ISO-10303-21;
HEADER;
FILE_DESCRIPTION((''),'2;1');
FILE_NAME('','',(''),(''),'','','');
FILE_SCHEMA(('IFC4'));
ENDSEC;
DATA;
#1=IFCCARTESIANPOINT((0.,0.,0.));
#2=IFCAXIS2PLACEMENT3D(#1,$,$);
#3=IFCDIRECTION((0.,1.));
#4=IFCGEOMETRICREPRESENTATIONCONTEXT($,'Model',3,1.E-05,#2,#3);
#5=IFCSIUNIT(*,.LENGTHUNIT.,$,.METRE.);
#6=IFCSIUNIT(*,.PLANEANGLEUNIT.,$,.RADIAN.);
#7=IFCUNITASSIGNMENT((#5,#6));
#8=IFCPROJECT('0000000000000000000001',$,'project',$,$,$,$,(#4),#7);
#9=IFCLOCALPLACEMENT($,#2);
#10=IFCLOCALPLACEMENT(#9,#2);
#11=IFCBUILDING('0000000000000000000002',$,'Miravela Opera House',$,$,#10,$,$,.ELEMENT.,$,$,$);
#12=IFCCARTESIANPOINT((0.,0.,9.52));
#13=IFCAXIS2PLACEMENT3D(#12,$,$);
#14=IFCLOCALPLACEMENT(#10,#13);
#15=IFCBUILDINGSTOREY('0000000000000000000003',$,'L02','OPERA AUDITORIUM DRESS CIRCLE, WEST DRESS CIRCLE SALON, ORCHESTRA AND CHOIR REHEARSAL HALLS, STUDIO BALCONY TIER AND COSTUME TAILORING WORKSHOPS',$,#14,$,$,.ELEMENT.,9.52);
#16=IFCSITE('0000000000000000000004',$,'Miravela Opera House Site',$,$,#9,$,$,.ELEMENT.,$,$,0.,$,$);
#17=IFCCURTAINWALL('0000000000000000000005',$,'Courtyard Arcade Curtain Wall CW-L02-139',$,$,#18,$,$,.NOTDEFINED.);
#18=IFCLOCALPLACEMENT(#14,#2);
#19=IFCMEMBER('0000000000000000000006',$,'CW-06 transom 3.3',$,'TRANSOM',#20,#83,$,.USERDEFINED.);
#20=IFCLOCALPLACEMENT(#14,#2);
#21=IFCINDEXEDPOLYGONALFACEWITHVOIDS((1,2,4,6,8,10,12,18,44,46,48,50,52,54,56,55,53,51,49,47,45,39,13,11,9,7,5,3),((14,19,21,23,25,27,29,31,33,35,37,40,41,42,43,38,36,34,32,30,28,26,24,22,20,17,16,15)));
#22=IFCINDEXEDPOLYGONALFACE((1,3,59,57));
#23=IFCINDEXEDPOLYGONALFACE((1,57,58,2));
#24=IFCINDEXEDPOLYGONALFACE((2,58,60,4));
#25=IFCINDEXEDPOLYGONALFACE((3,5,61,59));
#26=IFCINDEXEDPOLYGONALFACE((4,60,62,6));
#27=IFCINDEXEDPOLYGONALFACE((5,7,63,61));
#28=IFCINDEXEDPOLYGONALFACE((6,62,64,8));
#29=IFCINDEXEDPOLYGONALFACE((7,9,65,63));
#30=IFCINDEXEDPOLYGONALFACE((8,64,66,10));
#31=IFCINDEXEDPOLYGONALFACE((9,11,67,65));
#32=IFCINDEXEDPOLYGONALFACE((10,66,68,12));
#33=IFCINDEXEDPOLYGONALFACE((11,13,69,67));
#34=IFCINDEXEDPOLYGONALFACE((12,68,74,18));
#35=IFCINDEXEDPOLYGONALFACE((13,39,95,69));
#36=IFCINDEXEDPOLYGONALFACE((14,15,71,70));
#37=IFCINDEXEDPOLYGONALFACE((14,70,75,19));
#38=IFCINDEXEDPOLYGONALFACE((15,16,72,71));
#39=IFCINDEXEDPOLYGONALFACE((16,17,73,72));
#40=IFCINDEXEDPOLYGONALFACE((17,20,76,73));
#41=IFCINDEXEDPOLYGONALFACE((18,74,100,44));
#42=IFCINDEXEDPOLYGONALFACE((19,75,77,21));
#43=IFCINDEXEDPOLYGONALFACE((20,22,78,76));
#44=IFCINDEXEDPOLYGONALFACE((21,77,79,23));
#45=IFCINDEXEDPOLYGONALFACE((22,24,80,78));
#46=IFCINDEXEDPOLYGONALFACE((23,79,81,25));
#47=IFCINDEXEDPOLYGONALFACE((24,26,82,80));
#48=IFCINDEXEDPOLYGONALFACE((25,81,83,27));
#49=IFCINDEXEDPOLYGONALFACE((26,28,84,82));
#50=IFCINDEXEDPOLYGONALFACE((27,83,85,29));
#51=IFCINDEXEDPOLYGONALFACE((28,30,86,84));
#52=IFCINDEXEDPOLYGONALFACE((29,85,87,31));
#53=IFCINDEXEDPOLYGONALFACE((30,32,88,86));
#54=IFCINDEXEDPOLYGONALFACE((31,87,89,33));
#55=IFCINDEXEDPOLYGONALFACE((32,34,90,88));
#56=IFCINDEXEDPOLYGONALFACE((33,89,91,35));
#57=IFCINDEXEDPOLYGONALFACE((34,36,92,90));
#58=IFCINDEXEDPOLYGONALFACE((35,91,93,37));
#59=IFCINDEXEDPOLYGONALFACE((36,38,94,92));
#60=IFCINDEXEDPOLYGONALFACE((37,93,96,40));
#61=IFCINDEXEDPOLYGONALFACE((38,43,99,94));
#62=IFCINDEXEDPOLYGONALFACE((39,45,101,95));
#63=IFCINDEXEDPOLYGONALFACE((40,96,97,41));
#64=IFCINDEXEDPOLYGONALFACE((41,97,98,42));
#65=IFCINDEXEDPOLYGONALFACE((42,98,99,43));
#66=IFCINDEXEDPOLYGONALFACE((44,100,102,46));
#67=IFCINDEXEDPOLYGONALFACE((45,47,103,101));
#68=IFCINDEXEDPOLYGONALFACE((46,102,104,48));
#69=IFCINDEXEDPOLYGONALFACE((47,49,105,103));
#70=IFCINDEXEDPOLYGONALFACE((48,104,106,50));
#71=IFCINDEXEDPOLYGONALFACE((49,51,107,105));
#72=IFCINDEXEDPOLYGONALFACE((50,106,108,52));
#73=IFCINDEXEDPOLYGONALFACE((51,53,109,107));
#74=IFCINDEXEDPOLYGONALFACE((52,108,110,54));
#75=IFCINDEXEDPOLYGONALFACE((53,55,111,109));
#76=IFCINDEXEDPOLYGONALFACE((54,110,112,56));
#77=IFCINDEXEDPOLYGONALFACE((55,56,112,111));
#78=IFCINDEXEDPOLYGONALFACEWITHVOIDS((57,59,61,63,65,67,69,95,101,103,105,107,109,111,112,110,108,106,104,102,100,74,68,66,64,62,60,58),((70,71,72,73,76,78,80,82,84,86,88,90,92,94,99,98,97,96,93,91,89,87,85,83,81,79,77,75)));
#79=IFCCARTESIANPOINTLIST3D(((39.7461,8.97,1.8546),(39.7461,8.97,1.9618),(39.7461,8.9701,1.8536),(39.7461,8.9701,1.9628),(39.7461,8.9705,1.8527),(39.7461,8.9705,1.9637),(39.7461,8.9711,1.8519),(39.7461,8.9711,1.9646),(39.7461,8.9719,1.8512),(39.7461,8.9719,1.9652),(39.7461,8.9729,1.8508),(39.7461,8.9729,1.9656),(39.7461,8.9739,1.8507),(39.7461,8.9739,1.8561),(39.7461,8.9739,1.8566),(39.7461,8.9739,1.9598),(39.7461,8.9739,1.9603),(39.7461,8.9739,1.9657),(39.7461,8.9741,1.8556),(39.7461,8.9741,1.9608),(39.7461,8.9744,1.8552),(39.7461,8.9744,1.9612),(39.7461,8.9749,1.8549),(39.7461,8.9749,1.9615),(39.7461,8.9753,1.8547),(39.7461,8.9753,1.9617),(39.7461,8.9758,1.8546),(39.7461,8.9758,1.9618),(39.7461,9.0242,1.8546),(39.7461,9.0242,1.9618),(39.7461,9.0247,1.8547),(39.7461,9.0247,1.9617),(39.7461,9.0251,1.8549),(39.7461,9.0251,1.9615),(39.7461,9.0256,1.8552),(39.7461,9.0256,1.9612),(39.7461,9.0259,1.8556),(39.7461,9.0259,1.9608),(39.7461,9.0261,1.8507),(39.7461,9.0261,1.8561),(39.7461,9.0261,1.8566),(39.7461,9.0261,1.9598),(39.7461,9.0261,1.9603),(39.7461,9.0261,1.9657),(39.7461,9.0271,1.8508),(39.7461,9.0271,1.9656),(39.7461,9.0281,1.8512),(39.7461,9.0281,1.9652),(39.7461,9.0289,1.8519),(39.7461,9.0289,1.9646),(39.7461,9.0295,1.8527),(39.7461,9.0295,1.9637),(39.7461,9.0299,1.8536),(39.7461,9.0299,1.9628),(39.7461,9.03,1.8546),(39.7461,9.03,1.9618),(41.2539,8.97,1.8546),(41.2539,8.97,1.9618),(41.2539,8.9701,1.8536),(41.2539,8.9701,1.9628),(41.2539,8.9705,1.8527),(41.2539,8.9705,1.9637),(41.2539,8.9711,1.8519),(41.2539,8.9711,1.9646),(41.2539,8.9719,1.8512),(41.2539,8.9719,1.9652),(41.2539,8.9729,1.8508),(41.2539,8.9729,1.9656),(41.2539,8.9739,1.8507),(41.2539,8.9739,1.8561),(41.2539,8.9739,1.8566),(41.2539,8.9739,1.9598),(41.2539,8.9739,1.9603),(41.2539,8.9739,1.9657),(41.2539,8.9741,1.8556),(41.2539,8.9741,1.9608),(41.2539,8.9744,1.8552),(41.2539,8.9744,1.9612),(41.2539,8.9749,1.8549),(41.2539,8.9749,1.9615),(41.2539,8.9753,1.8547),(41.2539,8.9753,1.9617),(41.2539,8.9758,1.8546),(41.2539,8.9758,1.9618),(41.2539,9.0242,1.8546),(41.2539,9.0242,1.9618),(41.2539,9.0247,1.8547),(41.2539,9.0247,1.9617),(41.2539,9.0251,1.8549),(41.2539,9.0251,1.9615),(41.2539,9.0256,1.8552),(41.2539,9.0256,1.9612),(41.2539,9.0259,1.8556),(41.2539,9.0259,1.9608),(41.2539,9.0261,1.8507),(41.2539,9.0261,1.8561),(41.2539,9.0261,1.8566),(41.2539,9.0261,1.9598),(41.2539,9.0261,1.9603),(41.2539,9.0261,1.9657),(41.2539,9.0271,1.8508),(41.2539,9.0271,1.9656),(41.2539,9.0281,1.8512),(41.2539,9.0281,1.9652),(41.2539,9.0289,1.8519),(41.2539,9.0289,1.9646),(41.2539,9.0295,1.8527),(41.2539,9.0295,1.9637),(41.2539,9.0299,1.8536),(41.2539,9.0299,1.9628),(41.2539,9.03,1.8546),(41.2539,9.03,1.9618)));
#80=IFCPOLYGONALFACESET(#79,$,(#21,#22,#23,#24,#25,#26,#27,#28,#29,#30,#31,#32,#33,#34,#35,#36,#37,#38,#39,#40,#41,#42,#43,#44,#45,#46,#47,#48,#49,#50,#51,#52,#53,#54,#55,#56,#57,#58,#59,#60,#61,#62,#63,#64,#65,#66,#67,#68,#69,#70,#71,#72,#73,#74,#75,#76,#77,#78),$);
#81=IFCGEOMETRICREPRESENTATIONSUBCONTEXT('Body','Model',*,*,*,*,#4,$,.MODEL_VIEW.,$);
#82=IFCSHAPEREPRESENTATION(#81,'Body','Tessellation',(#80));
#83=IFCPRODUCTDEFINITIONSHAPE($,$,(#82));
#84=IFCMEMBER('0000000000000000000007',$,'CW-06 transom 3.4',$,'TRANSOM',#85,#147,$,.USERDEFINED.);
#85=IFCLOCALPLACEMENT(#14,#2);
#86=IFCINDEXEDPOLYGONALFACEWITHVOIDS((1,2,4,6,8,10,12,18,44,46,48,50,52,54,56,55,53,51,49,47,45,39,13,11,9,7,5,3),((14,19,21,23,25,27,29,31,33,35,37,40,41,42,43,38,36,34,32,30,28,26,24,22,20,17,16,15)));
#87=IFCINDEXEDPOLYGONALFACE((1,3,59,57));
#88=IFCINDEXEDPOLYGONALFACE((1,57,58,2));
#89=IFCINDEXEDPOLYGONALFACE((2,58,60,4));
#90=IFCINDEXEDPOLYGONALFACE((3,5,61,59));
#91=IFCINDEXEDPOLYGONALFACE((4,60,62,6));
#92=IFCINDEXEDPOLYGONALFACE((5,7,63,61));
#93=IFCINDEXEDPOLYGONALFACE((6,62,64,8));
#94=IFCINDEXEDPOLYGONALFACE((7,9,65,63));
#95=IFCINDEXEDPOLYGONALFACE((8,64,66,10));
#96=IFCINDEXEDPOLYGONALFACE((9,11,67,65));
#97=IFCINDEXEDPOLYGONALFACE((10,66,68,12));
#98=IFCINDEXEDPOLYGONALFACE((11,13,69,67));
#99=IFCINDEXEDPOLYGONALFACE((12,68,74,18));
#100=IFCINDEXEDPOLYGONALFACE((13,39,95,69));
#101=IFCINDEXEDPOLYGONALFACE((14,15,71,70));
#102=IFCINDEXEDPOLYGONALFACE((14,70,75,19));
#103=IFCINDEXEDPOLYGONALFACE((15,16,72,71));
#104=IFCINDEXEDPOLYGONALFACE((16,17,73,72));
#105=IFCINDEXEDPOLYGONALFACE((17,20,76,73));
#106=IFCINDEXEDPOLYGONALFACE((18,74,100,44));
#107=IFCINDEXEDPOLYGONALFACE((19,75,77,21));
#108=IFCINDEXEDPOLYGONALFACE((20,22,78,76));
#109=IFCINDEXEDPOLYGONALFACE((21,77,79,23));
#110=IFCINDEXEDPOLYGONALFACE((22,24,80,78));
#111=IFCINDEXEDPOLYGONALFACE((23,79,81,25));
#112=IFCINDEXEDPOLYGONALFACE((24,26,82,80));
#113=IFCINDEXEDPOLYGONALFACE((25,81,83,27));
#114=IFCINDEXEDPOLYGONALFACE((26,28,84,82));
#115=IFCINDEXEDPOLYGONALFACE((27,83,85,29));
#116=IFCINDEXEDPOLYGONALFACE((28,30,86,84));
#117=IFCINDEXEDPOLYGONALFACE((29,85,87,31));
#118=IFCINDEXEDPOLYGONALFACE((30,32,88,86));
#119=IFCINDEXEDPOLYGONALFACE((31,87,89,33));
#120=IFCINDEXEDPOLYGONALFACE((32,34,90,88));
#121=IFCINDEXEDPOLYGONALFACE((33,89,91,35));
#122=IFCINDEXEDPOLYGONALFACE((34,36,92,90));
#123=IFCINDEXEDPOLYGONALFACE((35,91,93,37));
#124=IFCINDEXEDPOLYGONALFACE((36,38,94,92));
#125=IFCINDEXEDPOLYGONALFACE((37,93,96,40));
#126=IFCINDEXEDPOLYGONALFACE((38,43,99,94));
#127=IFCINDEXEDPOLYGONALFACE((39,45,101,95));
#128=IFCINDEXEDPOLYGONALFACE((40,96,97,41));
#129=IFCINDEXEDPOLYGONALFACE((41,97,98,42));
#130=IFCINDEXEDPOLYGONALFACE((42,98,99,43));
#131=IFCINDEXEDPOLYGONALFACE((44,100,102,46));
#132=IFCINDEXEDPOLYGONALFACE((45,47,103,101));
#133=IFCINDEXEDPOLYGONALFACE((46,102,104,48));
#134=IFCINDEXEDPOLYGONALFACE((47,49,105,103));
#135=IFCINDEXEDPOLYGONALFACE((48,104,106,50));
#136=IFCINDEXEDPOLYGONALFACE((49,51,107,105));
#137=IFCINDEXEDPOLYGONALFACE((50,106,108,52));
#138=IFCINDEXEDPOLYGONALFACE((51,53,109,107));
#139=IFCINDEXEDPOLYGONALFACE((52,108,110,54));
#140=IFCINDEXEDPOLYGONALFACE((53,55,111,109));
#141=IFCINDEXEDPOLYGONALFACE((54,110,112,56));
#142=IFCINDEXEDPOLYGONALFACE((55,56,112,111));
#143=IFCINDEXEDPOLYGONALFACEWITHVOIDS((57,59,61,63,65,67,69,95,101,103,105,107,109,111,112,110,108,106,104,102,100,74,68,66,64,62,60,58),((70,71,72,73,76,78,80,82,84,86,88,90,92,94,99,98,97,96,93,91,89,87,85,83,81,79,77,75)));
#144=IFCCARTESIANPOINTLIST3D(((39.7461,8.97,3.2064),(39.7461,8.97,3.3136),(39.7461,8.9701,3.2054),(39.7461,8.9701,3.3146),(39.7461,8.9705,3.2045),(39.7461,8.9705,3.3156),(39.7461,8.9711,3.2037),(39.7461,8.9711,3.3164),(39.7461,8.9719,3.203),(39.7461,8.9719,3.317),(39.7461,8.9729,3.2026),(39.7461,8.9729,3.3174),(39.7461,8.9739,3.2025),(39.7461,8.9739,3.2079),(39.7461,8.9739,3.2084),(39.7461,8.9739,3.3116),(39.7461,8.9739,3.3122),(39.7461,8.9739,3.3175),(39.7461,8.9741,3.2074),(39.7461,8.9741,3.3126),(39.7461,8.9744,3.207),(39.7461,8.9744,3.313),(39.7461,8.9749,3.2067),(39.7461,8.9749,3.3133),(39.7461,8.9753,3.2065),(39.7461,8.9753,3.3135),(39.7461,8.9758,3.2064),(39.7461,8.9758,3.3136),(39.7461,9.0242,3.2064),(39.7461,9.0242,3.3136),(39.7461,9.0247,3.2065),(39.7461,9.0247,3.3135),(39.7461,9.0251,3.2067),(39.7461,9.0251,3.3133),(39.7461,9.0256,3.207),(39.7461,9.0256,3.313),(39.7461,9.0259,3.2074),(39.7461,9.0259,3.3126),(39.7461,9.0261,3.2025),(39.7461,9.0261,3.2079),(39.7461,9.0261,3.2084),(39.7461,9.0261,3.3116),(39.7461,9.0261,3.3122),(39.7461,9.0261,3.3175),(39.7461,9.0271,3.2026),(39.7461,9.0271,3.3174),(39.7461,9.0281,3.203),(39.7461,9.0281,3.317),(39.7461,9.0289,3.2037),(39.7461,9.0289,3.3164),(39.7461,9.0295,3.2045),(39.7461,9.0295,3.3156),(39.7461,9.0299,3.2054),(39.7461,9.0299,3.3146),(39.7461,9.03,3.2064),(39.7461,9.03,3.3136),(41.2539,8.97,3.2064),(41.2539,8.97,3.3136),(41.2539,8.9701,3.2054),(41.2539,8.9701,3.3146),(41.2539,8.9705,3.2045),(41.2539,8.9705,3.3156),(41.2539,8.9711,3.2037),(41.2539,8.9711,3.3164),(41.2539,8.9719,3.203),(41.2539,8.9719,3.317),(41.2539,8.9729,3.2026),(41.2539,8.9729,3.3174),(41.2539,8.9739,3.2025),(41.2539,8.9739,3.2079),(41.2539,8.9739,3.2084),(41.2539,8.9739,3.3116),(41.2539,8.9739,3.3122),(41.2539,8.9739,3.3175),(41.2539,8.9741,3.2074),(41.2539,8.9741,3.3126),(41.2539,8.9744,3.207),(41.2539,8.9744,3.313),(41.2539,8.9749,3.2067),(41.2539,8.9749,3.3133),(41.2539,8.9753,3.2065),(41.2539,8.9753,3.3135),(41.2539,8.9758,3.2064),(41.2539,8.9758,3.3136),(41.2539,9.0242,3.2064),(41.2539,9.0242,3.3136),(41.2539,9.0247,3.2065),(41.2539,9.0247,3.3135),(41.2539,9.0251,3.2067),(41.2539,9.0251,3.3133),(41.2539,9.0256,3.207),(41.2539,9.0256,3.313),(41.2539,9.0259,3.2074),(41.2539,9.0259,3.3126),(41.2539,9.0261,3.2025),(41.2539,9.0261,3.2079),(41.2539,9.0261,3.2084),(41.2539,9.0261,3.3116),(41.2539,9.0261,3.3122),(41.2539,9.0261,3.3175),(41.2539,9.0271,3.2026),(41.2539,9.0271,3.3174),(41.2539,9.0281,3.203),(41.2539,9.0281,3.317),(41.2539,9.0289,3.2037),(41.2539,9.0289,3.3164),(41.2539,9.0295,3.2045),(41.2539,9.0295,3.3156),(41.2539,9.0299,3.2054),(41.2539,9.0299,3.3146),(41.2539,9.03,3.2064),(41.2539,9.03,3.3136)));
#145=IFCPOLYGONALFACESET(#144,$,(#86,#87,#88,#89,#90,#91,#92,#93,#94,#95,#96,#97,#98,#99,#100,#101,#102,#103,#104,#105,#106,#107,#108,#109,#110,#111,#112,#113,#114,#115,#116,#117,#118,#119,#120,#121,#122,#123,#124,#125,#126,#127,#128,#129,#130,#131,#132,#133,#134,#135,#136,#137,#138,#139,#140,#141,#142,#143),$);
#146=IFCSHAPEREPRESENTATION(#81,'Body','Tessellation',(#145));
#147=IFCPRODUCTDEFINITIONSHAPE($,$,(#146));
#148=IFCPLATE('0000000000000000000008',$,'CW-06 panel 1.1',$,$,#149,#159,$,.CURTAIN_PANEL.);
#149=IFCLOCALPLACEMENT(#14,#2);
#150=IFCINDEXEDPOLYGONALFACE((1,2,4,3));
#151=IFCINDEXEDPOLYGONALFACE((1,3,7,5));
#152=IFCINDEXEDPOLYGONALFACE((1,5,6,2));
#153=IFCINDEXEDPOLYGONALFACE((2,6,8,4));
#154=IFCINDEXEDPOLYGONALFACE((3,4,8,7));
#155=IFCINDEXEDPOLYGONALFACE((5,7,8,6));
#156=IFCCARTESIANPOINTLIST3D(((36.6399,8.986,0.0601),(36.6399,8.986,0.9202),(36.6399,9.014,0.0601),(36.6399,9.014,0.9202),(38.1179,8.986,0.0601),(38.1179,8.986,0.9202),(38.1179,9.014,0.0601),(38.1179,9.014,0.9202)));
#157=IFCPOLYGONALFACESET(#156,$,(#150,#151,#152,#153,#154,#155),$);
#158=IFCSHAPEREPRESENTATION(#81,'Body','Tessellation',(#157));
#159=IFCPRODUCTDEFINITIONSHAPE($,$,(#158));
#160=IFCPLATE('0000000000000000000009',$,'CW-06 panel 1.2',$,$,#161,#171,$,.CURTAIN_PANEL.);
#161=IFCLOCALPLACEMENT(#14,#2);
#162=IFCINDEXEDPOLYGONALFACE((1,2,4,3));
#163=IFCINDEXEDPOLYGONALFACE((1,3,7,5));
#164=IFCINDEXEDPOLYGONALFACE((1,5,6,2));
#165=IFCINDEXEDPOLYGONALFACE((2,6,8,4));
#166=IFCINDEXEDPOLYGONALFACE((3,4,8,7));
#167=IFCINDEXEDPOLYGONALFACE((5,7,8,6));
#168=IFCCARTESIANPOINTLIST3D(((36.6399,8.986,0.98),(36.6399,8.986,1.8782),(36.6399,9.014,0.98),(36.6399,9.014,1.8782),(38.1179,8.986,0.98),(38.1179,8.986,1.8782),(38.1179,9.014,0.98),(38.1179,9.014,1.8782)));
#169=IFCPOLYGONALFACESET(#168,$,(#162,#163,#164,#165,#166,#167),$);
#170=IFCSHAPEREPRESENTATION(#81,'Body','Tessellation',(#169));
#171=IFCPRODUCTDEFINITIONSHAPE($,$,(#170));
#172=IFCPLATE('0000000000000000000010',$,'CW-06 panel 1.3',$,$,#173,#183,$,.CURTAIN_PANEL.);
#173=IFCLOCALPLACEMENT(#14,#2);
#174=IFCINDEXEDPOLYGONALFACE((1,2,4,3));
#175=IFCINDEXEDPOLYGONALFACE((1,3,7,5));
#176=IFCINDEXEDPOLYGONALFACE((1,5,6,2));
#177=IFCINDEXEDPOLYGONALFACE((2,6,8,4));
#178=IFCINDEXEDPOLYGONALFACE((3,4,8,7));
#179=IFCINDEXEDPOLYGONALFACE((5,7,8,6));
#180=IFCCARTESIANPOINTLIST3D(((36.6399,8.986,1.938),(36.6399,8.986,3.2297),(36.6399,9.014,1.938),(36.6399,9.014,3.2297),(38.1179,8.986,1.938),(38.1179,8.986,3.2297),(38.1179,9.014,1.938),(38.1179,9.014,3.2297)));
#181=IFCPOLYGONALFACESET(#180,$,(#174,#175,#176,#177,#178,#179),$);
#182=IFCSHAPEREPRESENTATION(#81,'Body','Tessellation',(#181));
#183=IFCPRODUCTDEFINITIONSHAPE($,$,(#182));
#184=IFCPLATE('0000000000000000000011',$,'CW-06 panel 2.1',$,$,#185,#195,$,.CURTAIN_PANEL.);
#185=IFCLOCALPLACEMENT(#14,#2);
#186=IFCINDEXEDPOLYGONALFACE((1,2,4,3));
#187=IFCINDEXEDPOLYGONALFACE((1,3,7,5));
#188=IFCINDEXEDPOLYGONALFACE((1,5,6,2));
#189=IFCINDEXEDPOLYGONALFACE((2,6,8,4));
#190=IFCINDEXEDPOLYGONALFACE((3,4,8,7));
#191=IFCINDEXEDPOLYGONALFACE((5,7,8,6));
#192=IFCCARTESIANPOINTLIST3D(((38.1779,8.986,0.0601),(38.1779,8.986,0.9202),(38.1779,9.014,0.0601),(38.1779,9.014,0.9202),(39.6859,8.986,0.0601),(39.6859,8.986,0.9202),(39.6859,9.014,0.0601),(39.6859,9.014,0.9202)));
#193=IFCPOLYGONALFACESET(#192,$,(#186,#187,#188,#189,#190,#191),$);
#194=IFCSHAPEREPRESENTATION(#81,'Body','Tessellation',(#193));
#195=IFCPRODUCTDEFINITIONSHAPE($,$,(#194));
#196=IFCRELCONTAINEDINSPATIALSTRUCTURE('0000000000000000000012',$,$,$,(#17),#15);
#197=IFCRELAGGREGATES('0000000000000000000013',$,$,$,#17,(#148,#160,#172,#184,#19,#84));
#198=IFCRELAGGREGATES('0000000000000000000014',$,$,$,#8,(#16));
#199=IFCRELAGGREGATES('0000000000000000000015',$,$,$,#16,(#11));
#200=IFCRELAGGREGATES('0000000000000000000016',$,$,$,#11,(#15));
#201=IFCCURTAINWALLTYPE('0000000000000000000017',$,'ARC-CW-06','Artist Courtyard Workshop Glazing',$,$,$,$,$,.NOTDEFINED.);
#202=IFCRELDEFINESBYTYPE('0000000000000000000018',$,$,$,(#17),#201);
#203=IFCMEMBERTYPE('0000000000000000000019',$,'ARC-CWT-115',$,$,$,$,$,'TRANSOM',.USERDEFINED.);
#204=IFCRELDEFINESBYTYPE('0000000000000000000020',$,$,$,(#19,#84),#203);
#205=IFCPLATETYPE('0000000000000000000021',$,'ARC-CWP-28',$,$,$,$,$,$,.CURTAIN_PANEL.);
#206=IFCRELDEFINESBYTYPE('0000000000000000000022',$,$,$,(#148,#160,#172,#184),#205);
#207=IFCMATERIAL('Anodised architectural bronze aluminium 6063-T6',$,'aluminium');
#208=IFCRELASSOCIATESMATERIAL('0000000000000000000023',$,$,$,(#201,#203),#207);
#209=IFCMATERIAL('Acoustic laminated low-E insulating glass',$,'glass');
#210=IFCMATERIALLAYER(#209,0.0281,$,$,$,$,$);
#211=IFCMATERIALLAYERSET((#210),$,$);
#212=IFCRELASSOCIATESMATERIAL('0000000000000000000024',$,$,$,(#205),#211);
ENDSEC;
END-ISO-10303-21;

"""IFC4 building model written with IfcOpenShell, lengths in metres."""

from ifc_helpers import new_model, si_unit, direction, frame, origin, origin_2d, place, context, subcontext, project, spatial, rectangle, hollow_rectangle, extrude, material, layer, layer_set, material_profile, profile_set, type_object, element, aggregate, save


model = new_model("IFC4")

# Units and contexts
model_context = context("Model", 3, precision=1e-05, world=origin(), true_north=direction((0.0, 1.0)))
body_context = subcontext(model_context, "Body", "Model", "MODEL_VIEW")
ifc_project = project(units=[si_unit("LENGTHUNIT", "METRE"), si_unit("PLANEANGLEUNIT", "RADIAN")], contexts=[model_context])

# Site, building, storey
site_placement = place(None, origin())
site = spatial("IfcSite", under=ifc_project, at=site_placement, Name="Miravela Opera House Site", CompositionType="ELEMENT", RefElevation=0.0)
building_placement = place(site_placement, origin())
building = spatial("IfcBuilding", under=site, at=building_placement, Name="Miravela Opera House", CompositionType="ELEMENT")
storey_placement = place(building_placement, frame((0.0, 0.0, 9.52)))
storey = spatial("IfcBuildingStorey", under=building, at=storey_placement, Name="L02", Description="OPERA AUDITORIUM DRESS CIRCLE, WEST DRESS CIRCLE SALON, ORCHESTRA AND CHOIR REHEARSAL HALLS, STUDIO BALCONY TIER AND COSTUME TAILORING WORKSHOPS", CompositionType="ELEMENT", Elevation=9.52)

# Curtain wall, members, plates
ifc_material_1 = material(Name="Anodised architectural bronze aluminium 6063-T6", Category="aluminium")
curtain_wall_type = type_object("IfcCurtainWallType", Name="ARC-CW-06", Description="Artist Courtyard Workshop Glazing", PredefinedType="NOTDEFINED", material=ifc_material_1)
curtain_wall_placement = place(storey_placement, origin())
curtain_wall = element("IfcCurtainWall", 1, at=curtain_wall_placement, inside=storey, type_object=curtain_wall_type, Name="Courtyard Arcade Curtain Wall CW-L02-139", PredefinedType="NOTDEFINED")
ifc_material_profile_1 = material_profile(ifc_material_1, hollow_rectangle(XDim=0.0601, YDim=0.115, WallThickness=0.0039, InnerFilletRadius=0.002, OuterFilletRadius=0.0039, at=origin_2d()), Name="CWT-60X115")
ifc_profile_set_1 = profile_set([ifc_material_profile_1])
member_type_1 = type_object("IfcMemberType", Name="ARC-CWT-115", ElementType="TRANSOM", PredefinedType="USERDEFINED", material=ifc_profile_set_1)
member_1_placement = place(storey_placement, frame((39.7461, 9.0, 1.9082), z_axis=(1.0, 0.0, 0.0), x_axis=(0.0, 1.0, 0.0)))
member_1 = element("IfcMember", 2, at=member_1_placement, type_object=member_type_1, Name="CW-06 transom 3.3", ObjectType="TRANSOM", PredefinedType="USERDEFINED", context=body_context, shape_type="SweptSolid", body=[
    extrude(hollow_rectangle(XDim=0.0601, YDim=0.115, WallThickness=0.0039, InnerFilletRadius=0.002, OuterFilletRadius=0.0039, at=origin_2d()), origin(), (0.0, 0.0, 1.0), 1.5078),
])
member_2_placement = place(storey_placement, frame((39.7461, 9.0, 3.26), z_axis=(1.0, 0.0, 0.0), x_axis=(0.0, 1.0, 0.0)))
member_2 = element("IfcMember", 3, at=member_2_placement, type_object=member_type_1, Name="CW-06 transom 3.4", ObjectType="TRANSOM", PredefinedType="USERDEFINED", context=body_context, shape_type="SweptSolid", body=[
    extrude(hollow_rectangle(XDim=0.0601, YDim=0.115, WallThickness=0.0039, InnerFilletRadius=0.002, OuterFilletRadius=0.0039, at=origin_2d()), origin(), (0.0, 0.0, 1.0), 1.5078),
])
ifc_material_2 = material(Name="Acoustic laminated low-E insulating glass", Category="glass")
ifc_layer_1 = layer(ifc_material_2, 0.0281)
ifc_layer_set_1 = layer_set([ifc_layer_1])
plate_type = type_object("IfcPlateType", Name="ARC-CWP-28", PredefinedType="CURTAIN_PANEL", material=ifc_layer_set_1)
plate_1_placement = place(storey_placement, frame((37.3789, 9.0, 0.0601), z_axis=(0.0, 0.0, 1.0), x_axis=(1.0, 0.0, 0.0)))
plate_1 = element("IfcPlate", 4, at=plate_1_placement, type_object=plate_type, Name="CW-06 panel 1.1", PredefinedType="CURTAIN_PANEL", context=body_context, shape_type="SweptSolid", body=[
    extrude(rectangle(XDim=1.478, YDim=0.0281, at=origin_2d()), origin(), (0.0, 0.0, 1.0), 0.8601),
])
plate_2_placement = place(storey_placement, frame((37.3789, 9.0, 0.98), z_axis=(0.0, 0.0, 1.0), x_axis=(1.0, 0.0, 0.0)))
plate_2 = element("IfcPlate", 5, at=plate_2_placement, type_object=plate_type, Name="CW-06 panel 1.2", PredefinedType="CURTAIN_PANEL", context=body_context, shape_type="SweptSolid", body=[
    extrude(rectangle(XDim=1.478, YDim=0.0281, at=origin_2d()), origin(), (0.0, 0.0, 1.0), 0.8982),
])
plate_3_placement = place(storey_placement, frame((37.3789, 9.0, 1.938), z_axis=(0.0, 0.0, 1.0), x_axis=(1.0, 0.0, 0.0)))
plate_3 = element("IfcPlate", 6, at=plate_3_placement, type_object=plate_type, Name="CW-06 panel 1.3", PredefinedType="CURTAIN_PANEL", context=body_context, shape_type="SweptSolid", body=[
    extrude(rectangle(XDim=1.478, YDim=0.0281, at=origin_2d()), origin(), (0.0, 0.0, 1.0), 1.2917),
])
plate_4_placement = place(storey_placement, frame((38.9319, 9.0, 0.0601), z_axis=(0.0, 0.0, 1.0), x_axis=(1.0, 0.0, 0.0)))
plate_4 = element("IfcPlate", 7, at=plate_4_placement, type_object=plate_type, Name="CW-06 panel 2.1", PredefinedType="CURTAIN_PANEL", context=body_context, shape_type="SweptSolid", body=[
    extrude(rectangle(XDim=1.5081, YDim=0.0281, at=origin_2d()), origin(), (0.0, 0.0, 1.0), 0.8601),
])
aggregate(curtain_wall, [plate_1, plate_2, plate_3, plate_4, member_1, member_2])

save(model, "model.ifc")
